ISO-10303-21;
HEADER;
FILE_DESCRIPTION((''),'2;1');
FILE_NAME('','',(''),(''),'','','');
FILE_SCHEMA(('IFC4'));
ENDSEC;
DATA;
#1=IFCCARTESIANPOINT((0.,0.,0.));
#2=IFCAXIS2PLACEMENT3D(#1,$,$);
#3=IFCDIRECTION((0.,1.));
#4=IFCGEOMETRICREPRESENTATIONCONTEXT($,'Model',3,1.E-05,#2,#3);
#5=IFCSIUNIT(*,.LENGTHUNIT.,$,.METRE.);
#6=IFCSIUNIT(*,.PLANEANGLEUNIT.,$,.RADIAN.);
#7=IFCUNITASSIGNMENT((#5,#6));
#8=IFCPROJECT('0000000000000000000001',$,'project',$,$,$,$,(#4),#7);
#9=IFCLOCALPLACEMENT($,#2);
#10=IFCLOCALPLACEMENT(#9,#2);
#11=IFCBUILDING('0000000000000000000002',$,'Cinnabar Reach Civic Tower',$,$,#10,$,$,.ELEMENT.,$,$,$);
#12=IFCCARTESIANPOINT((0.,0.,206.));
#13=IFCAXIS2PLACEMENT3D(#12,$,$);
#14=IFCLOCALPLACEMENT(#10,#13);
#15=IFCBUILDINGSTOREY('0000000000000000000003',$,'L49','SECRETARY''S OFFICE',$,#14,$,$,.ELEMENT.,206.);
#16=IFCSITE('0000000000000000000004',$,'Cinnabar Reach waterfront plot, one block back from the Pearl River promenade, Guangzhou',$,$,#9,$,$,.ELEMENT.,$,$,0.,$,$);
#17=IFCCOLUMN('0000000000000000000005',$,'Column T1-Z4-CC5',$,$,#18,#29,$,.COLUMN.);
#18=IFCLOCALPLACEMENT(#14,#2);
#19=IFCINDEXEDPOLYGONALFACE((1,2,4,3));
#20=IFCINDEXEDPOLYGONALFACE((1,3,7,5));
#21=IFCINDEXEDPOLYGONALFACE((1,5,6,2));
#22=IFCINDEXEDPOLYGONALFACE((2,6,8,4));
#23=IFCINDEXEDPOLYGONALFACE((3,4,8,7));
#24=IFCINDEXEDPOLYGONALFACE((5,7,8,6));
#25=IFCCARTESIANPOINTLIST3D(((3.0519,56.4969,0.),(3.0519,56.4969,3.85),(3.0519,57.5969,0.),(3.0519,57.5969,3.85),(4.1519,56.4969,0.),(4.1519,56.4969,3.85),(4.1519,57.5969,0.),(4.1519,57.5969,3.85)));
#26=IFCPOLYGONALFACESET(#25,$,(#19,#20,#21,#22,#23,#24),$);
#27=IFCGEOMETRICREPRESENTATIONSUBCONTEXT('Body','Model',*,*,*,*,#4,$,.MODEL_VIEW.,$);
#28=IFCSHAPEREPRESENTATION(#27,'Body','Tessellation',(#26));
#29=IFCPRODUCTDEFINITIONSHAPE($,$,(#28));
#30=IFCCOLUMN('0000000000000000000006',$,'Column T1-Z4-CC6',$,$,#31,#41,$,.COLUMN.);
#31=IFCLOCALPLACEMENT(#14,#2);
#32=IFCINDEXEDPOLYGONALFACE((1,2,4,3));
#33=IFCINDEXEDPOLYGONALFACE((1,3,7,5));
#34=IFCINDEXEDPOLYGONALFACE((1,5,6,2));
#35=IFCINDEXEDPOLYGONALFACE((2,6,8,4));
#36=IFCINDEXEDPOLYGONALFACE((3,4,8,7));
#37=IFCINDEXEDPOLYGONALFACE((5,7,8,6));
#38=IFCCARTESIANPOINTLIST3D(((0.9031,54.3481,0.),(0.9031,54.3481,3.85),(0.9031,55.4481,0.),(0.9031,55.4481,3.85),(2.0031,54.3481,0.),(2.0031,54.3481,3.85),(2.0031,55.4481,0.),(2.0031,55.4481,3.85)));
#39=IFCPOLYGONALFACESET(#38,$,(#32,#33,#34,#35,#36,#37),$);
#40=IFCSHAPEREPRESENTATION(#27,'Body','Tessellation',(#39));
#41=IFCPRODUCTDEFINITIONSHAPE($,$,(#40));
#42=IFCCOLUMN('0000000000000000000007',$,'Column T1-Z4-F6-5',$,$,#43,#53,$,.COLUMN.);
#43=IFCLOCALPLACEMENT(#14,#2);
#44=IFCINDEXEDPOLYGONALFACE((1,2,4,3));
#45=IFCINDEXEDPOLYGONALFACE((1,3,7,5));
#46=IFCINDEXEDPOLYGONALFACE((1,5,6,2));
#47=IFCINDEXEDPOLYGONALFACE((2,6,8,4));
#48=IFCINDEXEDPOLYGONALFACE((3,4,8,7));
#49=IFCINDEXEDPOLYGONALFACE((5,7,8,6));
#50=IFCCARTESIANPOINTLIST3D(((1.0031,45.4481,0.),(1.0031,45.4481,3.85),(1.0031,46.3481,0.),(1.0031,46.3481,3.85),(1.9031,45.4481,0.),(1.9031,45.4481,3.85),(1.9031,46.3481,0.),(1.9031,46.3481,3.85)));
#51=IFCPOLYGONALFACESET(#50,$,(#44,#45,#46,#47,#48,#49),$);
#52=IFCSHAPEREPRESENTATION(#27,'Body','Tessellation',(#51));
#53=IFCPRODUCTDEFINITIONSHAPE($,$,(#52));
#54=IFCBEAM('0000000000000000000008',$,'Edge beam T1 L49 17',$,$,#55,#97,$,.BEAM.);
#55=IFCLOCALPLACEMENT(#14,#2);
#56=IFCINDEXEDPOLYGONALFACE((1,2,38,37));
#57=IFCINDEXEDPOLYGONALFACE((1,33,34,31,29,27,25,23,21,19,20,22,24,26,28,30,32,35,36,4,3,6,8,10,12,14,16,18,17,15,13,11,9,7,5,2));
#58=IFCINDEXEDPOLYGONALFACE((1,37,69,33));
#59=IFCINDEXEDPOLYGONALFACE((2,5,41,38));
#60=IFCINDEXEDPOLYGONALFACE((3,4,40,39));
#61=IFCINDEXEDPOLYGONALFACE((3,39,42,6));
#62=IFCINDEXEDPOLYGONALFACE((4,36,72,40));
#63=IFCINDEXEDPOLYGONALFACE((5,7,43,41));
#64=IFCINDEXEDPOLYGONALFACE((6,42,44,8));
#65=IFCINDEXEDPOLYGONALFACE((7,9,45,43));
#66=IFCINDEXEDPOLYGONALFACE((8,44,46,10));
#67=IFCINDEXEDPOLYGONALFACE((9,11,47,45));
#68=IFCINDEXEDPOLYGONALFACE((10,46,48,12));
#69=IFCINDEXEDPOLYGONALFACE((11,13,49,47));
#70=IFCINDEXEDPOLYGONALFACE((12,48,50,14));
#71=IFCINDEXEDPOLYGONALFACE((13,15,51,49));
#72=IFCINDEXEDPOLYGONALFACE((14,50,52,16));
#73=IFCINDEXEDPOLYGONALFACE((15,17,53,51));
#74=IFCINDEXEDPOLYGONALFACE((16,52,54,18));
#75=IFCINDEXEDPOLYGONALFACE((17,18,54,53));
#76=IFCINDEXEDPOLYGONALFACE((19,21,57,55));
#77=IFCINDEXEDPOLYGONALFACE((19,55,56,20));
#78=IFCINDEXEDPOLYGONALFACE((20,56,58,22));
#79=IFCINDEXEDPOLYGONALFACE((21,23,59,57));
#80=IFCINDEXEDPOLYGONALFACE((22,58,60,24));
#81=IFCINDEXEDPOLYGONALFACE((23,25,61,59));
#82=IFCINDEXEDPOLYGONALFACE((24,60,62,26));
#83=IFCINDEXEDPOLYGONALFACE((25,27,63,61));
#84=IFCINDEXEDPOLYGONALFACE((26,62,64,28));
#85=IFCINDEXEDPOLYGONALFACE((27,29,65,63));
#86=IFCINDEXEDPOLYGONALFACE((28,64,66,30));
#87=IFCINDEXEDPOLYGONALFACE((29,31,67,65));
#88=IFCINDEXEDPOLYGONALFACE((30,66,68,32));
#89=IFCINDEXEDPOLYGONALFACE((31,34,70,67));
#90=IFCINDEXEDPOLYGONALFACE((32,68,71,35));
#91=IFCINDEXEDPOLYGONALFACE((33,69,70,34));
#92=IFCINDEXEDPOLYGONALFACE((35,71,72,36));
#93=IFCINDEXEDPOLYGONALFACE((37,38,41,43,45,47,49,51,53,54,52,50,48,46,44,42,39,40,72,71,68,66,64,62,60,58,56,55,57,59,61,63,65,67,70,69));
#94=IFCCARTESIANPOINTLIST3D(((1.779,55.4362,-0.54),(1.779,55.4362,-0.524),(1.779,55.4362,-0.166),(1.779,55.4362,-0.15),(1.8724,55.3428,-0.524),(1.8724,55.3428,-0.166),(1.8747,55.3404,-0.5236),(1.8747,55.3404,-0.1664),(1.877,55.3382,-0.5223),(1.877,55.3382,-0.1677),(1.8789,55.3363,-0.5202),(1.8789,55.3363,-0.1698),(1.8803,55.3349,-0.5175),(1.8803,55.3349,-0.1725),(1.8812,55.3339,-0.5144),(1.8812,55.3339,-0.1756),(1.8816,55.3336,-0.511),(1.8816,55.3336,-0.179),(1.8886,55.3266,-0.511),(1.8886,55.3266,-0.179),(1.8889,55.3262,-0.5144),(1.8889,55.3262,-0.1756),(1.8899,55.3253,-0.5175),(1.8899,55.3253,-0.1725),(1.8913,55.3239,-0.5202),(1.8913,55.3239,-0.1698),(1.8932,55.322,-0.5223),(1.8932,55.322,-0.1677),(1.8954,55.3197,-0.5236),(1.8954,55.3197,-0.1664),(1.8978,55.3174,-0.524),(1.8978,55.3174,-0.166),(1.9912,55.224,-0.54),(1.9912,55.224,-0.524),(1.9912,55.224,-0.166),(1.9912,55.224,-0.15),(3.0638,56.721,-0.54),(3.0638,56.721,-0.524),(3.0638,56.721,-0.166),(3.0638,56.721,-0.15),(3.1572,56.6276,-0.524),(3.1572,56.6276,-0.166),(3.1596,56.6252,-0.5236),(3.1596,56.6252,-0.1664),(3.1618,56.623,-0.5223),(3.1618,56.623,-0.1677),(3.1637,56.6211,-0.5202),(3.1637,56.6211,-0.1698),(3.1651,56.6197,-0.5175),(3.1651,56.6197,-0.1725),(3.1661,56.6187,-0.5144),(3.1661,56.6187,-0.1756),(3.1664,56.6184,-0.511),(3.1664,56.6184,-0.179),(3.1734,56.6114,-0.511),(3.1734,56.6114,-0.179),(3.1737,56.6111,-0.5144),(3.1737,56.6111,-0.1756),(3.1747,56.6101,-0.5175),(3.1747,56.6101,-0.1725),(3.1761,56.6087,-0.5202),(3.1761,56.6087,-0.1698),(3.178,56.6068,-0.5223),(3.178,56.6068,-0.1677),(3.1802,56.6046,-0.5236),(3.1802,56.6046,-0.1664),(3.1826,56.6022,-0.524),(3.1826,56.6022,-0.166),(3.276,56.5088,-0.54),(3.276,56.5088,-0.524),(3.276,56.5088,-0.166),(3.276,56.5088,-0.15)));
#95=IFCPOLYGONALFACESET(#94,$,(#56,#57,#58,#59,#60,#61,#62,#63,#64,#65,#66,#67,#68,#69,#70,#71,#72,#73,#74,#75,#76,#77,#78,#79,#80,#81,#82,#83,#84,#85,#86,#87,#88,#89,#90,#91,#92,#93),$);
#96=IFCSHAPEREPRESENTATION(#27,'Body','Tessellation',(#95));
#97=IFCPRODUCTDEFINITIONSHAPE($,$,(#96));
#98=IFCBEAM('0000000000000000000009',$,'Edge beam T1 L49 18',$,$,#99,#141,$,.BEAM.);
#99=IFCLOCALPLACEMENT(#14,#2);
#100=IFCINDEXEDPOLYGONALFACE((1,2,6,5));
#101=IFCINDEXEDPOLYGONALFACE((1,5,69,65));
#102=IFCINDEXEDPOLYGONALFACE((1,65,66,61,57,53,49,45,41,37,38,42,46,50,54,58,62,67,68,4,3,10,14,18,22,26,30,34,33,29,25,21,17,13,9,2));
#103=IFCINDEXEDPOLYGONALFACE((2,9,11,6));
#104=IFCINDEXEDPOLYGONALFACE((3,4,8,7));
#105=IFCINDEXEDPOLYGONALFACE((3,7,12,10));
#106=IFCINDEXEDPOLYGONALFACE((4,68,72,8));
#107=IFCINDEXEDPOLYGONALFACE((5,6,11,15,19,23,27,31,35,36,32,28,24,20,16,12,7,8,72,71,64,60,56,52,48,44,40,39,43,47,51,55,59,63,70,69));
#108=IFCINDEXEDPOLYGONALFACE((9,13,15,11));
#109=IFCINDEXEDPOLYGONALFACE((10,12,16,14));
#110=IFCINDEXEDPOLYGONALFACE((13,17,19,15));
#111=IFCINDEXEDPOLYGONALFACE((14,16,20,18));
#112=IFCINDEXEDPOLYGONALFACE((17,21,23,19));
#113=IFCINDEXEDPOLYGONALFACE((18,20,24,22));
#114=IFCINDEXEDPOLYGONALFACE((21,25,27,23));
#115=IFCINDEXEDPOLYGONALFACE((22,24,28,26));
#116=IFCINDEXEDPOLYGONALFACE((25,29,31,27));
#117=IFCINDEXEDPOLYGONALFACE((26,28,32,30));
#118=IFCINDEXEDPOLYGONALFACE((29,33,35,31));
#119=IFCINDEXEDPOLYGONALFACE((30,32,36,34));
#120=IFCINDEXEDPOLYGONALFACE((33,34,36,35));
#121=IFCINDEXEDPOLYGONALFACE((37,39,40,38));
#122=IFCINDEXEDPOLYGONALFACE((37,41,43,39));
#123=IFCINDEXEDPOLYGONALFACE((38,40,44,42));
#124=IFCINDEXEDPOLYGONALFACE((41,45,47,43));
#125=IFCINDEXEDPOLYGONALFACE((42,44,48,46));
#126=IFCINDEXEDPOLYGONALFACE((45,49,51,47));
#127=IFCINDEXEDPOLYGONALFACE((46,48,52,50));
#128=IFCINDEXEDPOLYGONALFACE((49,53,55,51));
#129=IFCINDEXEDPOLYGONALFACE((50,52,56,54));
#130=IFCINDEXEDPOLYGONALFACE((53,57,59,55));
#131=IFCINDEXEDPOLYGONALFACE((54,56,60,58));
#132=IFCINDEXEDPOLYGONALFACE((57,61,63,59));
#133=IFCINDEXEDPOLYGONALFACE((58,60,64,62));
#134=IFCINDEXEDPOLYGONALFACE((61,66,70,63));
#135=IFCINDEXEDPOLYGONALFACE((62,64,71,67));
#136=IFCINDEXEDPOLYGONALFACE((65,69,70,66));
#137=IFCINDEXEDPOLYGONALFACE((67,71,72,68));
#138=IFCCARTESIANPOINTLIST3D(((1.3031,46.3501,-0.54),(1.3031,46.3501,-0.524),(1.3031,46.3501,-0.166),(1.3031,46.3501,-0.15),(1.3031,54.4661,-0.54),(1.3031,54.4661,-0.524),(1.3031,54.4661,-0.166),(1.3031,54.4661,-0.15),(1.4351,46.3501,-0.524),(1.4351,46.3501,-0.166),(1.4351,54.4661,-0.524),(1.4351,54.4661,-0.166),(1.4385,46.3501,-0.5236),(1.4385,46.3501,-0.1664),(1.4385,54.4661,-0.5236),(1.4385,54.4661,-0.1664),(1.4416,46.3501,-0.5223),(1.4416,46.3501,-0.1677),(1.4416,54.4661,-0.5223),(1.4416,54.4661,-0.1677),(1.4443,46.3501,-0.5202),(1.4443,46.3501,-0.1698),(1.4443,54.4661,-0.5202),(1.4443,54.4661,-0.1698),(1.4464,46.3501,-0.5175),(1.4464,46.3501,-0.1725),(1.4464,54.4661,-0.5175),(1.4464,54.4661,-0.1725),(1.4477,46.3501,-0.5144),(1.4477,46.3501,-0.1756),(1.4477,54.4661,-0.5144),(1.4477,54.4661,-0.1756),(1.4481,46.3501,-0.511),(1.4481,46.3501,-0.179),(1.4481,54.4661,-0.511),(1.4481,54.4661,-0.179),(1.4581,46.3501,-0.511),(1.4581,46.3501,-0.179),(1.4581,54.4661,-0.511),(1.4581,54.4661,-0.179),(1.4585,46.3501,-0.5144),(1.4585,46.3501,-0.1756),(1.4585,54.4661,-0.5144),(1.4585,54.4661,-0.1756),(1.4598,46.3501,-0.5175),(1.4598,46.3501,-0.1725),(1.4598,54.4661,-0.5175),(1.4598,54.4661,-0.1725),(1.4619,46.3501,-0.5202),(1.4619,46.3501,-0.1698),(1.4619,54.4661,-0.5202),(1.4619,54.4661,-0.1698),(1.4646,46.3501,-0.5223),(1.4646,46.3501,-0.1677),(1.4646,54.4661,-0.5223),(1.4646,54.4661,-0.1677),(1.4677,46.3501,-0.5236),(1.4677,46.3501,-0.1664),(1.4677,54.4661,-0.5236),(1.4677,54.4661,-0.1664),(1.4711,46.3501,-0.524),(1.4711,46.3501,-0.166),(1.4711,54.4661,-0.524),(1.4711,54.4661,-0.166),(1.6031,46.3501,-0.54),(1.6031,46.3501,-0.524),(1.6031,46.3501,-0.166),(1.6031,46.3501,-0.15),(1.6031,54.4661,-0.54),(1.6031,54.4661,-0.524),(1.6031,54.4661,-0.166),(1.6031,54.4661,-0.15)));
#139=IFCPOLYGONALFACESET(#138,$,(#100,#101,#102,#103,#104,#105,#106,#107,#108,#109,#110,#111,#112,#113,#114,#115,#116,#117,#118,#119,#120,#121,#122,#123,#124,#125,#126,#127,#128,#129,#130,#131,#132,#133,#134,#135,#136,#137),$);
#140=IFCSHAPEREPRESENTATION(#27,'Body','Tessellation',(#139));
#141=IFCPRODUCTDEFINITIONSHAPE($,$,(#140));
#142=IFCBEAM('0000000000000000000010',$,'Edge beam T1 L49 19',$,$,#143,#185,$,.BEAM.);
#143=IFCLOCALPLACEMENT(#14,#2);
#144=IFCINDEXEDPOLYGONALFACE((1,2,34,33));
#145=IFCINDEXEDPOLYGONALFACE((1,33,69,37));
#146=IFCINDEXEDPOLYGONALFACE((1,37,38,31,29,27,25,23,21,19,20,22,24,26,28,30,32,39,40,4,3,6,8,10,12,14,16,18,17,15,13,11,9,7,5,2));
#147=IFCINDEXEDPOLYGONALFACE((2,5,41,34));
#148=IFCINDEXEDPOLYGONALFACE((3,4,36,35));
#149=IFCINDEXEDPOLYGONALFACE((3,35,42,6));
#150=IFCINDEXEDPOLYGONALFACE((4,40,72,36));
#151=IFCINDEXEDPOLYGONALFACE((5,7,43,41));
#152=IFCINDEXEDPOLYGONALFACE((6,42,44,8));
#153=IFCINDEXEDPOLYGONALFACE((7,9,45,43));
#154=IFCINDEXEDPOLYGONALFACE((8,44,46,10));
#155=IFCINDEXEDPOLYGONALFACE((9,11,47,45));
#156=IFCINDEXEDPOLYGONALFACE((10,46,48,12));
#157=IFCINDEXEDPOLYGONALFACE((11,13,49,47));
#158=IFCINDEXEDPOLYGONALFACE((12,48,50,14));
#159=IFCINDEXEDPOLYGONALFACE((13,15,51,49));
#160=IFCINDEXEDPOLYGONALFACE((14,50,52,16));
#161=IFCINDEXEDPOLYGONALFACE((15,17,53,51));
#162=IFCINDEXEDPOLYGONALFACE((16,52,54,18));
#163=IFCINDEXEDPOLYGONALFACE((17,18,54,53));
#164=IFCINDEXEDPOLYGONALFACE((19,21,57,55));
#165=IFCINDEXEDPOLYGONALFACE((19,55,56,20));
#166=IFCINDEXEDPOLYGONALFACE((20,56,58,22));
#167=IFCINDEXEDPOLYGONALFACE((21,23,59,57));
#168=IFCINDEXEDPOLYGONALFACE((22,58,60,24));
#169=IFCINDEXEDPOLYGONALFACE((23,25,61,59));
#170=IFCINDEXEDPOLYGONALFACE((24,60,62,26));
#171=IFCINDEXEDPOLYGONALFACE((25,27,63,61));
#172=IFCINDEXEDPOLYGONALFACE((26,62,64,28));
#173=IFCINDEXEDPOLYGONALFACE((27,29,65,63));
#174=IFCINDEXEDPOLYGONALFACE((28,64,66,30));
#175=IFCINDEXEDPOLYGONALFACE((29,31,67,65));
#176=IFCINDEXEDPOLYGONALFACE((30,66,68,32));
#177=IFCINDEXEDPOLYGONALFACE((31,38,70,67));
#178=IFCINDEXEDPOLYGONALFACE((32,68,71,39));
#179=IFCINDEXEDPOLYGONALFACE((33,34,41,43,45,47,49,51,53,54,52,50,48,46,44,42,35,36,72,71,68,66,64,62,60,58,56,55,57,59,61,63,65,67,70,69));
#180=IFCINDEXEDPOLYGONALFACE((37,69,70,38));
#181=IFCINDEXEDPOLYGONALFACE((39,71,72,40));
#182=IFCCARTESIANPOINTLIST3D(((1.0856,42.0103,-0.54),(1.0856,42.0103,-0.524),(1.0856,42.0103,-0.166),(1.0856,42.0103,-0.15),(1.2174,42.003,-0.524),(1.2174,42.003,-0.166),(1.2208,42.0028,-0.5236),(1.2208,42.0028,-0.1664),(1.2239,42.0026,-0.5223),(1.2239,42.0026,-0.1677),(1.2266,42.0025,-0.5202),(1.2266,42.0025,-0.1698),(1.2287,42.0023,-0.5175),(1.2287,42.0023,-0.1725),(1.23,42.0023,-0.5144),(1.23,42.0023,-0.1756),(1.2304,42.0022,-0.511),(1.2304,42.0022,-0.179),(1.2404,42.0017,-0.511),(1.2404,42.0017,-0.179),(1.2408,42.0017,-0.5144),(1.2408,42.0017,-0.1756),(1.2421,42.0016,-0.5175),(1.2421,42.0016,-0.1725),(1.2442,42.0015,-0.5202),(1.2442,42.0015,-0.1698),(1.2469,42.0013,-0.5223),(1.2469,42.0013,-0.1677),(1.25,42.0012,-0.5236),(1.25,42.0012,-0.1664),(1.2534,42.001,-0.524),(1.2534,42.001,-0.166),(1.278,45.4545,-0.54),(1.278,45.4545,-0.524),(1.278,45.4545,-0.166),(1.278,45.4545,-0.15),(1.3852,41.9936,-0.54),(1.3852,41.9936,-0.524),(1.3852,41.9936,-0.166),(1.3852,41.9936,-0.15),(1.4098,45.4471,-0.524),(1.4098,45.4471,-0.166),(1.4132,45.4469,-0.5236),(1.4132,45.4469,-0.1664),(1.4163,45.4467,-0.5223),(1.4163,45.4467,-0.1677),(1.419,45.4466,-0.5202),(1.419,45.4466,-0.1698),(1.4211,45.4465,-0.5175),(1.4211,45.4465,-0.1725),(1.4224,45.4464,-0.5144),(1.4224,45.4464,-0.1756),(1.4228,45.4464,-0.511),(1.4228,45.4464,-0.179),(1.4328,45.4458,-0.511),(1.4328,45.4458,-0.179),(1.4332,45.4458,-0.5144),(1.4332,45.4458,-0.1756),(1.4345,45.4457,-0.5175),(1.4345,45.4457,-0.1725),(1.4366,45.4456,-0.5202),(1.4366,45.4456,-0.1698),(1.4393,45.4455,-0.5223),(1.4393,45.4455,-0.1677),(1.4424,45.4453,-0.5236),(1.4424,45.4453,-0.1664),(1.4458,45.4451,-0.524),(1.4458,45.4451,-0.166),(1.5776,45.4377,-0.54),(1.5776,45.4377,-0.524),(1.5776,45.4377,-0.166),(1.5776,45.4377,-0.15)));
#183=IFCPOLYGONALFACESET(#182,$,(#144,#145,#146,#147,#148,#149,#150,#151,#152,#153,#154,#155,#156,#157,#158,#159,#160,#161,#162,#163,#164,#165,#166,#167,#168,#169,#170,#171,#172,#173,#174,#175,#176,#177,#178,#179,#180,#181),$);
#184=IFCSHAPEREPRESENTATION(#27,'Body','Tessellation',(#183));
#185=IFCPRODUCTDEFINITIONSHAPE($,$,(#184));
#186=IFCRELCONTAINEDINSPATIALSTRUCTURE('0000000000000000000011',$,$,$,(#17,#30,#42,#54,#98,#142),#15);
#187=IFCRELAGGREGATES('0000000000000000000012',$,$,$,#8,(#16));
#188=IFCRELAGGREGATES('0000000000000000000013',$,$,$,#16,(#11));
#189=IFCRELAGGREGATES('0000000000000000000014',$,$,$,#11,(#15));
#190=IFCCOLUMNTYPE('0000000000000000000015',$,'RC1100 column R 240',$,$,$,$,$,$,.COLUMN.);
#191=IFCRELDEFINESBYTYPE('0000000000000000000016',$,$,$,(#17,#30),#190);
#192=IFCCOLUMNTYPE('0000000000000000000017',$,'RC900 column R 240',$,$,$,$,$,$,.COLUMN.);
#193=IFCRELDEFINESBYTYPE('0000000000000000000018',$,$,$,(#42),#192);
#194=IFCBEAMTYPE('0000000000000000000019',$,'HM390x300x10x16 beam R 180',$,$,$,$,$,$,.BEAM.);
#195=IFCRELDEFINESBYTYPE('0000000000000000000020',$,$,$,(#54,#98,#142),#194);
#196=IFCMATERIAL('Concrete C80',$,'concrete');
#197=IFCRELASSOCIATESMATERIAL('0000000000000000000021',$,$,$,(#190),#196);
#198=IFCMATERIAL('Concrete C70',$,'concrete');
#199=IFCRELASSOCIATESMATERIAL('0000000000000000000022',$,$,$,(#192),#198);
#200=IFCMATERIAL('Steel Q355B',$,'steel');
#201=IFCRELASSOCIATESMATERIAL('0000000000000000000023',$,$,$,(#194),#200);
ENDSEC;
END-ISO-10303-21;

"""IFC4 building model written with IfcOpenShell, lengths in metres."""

from ifc_helpers import new_model, si_unit, direction, frame, origin, origin_2d, place, context, subcontext, project, spatial, rectangle, i_section, extrude, material, material_profile, profile_set, type_object, element, save


model = new_model("IFC4")

# Units and contexts
model_context = context("Model", 3, precision=1e-05, world=origin(), true_north=direction((0.0, 1.0)))
body_context = subcontext(model_context, "Body", "Model", "MODEL_VIEW")
ifc_project = project(units=[si_unit("LENGTHUNIT", "METRE"), si_unit("PLANEANGLEUNIT", "RADIAN")], contexts=[model_context])

# Site, building, storey
site_placement = place(None, origin())
site = spatial("IfcSite", under=ifc_project, at=site_placement, Name="Cinnabar Reach waterfront plot, one block back from the Pearl River promenade, Guangzhou", CompositionType="ELEMENT", RefElevation=0.0)
building_placement = place(site_placement, origin())
building = spatial("IfcBuilding", under=site, at=building_placement, Name="Cinnabar Reach Civic Tower", CompositionType="ELEMENT")
storey_placement = place(building_placement, frame((0.0, 0.0, 206.0)))
storey = spatial("IfcBuildingStorey", under=building, at=storey_placement, Name="L49", Description="SECRETARY'S OFFICE", CompositionType="ELEMENT", Elevation=206.0)

# Columns
ifc_material_1 = material(Name="Concrete C80", Category="concrete")
ifc_material_profile_1 = material_profile(ifc_material_1, rectangle(XDim=1.1, YDim=1.1, at=origin_2d()), Name="RC1100")
ifc_profile_set_1 = profile_set([ifc_material_profile_1], Name="Concrete C80")
column_type_1 = type_object("IfcColumnType", Name="RC1100 column R 240", PredefinedType="COLUMN", material=ifc_profile_set_1)
for number, where, z_axis, x_axis, name in (
    (1, (3.6019, 57.0469, 0.0), (0.0, 0.0, 1.0), (1.0, 0.0, 0.0), "Column T1-Z4-CC5"),
    (2, (1.4531, 54.8981, 0.0), (0.0, 0.0, 1.0), (1.0, 0.0, 0.0), "Column T1-Z4-CC6"),
):
    element("IfcColumn", number, at=place(storey_placement, frame(where, z_axis=z_axis, x_axis=x_axis)), inside=storey, type_object=column_type_1, Name=name, PredefinedType="COLUMN", context=body_context, shape_type="SweptSolid", body=[
        extrude(rectangle(XDim=1.1, YDim=1.1, at=origin_2d()), origin(), (0.0, 0.0, 1.0), 3.85),
    ])
ifc_material_2 = material(Name="Concrete C70", Category="concrete")
ifc_material_profile_2 = material_profile(ifc_material_2, rectangle(XDim=0.9, YDim=0.9, at=origin_2d()), Name="RC900")
ifc_profile_set_2 = profile_set([ifc_material_profile_2], Name="Concrete C70")
column_type_2 = type_object("IfcColumnType", Name="RC900 column R 240", PredefinedType="COLUMN", material=ifc_profile_set_2)
column_placement = place(storey_placement, frame((1.4531, 45.8981, 0.0), z_axis=(0.0, 0.0, 1.0), x_axis=(1.0, 0.0, 0.0)))
element("IfcColumn", 3, at=column_placement, inside=storey, type_object=column_type_2, Name="Column T1-Z4-F6-5", PredefinedType="COLUMN", context=body_context, shape_type="SweptSolid", body=[
    extrude(rectangle(XDim=0.9, YDim=0.9, at=origin_2d()), origin(), (0.0, 0.0, 1.0), 3.85),
])

# Beams
ifc_material_3 = material(Name="Steel Q355B", Category="steel")
ifc_material_profile_3 = material_profile(ifc_material_3, i_section(OverallWidth=0.3, OverallDepth=0.39, WebThickness=0.01, FlangeThickness=0.016, FilletRadius=0.013, at=origin_2d()), Name="HM390x300x10x16")
ifc_profile_set_3 = profile_set([ifc_material_profile_3], Name="Steel Q355B")
beam_type_1 = type_object("IfcBeamType", Name="HM390x300x10x16 beam R 180", PredefinedType="BEAM", material=ifc_profile_set_3)
beam_1_placement = place(storey_placement, frame((3.1699, 56.6149, -0.345), z_axis=(-0.707107, -0.707107, 0.0), x_axis=(0.707107, -0.707107, 0.0)))
element("IfcBeam", 4, at=beam_1_placement, inside=storey, type_object=beam_type_1, Name="Edge beam T1 L49 17", PredefinedType="BEAM", context=body_context, shape_type="SweptSolid", body=[
    extrude(i_section(OverallWidth=0.3, OverallDepth=0.39, WebThickness=0.01, FlangeThickness=0.016, FilletRadius=0.013, at=origin_2d()), origin(), (0.0, 0.0, 1.0), 1.817),
])
beam_2_placement = place(storey_placement, frame((1.4531, 54.4661, -0.345), z_axis=(0.0, -1.0, 0.0), x_axis=(1.0, 0.0, 0.0)))
element("IfcBeam", 5, at=beam_2_placement, inside=storey, type_object=beam_type_1, Name="Edge beam T1 L49 18", PredefinedType="BEAM", context=body_context, shape_type="SweptSolid", body=[
    extrude(i_section(OverallWidth=0.3, OverallDepth=0.39, WebThickness=0.01, FlangeThickness=0.016, FilletRadius=0.013, at=origin_2d()), origin(), (0.0, 0.0, 1.0), 8.116),
])
beam_3_placement = place(storey_placement, frame((1.4278, 45.4461, -0.345), z_axis=(-0.055777, -0.998443, 0.0), x_axis=(0.998443, -0.055777, 0.0)))
element("IfcBeam", 6, at=beam_3_placement, inside=storey, type_object=beam_type_1, Name="Edge beam T1 L49 19", PredefinedType="BEAM", context=body_context, shape_type="SweptSolid", body=[
    extrude(i_section(OverallWidth=0.3, OverallDepth=0.39, WebThickness=0.01, FlangeThickness=0.016, FilletRadius=0.013, at=origin_2d()), origin(), (0.0, 0.0, 1.0), 3.4495),
])

save(model, "model.ifc")
